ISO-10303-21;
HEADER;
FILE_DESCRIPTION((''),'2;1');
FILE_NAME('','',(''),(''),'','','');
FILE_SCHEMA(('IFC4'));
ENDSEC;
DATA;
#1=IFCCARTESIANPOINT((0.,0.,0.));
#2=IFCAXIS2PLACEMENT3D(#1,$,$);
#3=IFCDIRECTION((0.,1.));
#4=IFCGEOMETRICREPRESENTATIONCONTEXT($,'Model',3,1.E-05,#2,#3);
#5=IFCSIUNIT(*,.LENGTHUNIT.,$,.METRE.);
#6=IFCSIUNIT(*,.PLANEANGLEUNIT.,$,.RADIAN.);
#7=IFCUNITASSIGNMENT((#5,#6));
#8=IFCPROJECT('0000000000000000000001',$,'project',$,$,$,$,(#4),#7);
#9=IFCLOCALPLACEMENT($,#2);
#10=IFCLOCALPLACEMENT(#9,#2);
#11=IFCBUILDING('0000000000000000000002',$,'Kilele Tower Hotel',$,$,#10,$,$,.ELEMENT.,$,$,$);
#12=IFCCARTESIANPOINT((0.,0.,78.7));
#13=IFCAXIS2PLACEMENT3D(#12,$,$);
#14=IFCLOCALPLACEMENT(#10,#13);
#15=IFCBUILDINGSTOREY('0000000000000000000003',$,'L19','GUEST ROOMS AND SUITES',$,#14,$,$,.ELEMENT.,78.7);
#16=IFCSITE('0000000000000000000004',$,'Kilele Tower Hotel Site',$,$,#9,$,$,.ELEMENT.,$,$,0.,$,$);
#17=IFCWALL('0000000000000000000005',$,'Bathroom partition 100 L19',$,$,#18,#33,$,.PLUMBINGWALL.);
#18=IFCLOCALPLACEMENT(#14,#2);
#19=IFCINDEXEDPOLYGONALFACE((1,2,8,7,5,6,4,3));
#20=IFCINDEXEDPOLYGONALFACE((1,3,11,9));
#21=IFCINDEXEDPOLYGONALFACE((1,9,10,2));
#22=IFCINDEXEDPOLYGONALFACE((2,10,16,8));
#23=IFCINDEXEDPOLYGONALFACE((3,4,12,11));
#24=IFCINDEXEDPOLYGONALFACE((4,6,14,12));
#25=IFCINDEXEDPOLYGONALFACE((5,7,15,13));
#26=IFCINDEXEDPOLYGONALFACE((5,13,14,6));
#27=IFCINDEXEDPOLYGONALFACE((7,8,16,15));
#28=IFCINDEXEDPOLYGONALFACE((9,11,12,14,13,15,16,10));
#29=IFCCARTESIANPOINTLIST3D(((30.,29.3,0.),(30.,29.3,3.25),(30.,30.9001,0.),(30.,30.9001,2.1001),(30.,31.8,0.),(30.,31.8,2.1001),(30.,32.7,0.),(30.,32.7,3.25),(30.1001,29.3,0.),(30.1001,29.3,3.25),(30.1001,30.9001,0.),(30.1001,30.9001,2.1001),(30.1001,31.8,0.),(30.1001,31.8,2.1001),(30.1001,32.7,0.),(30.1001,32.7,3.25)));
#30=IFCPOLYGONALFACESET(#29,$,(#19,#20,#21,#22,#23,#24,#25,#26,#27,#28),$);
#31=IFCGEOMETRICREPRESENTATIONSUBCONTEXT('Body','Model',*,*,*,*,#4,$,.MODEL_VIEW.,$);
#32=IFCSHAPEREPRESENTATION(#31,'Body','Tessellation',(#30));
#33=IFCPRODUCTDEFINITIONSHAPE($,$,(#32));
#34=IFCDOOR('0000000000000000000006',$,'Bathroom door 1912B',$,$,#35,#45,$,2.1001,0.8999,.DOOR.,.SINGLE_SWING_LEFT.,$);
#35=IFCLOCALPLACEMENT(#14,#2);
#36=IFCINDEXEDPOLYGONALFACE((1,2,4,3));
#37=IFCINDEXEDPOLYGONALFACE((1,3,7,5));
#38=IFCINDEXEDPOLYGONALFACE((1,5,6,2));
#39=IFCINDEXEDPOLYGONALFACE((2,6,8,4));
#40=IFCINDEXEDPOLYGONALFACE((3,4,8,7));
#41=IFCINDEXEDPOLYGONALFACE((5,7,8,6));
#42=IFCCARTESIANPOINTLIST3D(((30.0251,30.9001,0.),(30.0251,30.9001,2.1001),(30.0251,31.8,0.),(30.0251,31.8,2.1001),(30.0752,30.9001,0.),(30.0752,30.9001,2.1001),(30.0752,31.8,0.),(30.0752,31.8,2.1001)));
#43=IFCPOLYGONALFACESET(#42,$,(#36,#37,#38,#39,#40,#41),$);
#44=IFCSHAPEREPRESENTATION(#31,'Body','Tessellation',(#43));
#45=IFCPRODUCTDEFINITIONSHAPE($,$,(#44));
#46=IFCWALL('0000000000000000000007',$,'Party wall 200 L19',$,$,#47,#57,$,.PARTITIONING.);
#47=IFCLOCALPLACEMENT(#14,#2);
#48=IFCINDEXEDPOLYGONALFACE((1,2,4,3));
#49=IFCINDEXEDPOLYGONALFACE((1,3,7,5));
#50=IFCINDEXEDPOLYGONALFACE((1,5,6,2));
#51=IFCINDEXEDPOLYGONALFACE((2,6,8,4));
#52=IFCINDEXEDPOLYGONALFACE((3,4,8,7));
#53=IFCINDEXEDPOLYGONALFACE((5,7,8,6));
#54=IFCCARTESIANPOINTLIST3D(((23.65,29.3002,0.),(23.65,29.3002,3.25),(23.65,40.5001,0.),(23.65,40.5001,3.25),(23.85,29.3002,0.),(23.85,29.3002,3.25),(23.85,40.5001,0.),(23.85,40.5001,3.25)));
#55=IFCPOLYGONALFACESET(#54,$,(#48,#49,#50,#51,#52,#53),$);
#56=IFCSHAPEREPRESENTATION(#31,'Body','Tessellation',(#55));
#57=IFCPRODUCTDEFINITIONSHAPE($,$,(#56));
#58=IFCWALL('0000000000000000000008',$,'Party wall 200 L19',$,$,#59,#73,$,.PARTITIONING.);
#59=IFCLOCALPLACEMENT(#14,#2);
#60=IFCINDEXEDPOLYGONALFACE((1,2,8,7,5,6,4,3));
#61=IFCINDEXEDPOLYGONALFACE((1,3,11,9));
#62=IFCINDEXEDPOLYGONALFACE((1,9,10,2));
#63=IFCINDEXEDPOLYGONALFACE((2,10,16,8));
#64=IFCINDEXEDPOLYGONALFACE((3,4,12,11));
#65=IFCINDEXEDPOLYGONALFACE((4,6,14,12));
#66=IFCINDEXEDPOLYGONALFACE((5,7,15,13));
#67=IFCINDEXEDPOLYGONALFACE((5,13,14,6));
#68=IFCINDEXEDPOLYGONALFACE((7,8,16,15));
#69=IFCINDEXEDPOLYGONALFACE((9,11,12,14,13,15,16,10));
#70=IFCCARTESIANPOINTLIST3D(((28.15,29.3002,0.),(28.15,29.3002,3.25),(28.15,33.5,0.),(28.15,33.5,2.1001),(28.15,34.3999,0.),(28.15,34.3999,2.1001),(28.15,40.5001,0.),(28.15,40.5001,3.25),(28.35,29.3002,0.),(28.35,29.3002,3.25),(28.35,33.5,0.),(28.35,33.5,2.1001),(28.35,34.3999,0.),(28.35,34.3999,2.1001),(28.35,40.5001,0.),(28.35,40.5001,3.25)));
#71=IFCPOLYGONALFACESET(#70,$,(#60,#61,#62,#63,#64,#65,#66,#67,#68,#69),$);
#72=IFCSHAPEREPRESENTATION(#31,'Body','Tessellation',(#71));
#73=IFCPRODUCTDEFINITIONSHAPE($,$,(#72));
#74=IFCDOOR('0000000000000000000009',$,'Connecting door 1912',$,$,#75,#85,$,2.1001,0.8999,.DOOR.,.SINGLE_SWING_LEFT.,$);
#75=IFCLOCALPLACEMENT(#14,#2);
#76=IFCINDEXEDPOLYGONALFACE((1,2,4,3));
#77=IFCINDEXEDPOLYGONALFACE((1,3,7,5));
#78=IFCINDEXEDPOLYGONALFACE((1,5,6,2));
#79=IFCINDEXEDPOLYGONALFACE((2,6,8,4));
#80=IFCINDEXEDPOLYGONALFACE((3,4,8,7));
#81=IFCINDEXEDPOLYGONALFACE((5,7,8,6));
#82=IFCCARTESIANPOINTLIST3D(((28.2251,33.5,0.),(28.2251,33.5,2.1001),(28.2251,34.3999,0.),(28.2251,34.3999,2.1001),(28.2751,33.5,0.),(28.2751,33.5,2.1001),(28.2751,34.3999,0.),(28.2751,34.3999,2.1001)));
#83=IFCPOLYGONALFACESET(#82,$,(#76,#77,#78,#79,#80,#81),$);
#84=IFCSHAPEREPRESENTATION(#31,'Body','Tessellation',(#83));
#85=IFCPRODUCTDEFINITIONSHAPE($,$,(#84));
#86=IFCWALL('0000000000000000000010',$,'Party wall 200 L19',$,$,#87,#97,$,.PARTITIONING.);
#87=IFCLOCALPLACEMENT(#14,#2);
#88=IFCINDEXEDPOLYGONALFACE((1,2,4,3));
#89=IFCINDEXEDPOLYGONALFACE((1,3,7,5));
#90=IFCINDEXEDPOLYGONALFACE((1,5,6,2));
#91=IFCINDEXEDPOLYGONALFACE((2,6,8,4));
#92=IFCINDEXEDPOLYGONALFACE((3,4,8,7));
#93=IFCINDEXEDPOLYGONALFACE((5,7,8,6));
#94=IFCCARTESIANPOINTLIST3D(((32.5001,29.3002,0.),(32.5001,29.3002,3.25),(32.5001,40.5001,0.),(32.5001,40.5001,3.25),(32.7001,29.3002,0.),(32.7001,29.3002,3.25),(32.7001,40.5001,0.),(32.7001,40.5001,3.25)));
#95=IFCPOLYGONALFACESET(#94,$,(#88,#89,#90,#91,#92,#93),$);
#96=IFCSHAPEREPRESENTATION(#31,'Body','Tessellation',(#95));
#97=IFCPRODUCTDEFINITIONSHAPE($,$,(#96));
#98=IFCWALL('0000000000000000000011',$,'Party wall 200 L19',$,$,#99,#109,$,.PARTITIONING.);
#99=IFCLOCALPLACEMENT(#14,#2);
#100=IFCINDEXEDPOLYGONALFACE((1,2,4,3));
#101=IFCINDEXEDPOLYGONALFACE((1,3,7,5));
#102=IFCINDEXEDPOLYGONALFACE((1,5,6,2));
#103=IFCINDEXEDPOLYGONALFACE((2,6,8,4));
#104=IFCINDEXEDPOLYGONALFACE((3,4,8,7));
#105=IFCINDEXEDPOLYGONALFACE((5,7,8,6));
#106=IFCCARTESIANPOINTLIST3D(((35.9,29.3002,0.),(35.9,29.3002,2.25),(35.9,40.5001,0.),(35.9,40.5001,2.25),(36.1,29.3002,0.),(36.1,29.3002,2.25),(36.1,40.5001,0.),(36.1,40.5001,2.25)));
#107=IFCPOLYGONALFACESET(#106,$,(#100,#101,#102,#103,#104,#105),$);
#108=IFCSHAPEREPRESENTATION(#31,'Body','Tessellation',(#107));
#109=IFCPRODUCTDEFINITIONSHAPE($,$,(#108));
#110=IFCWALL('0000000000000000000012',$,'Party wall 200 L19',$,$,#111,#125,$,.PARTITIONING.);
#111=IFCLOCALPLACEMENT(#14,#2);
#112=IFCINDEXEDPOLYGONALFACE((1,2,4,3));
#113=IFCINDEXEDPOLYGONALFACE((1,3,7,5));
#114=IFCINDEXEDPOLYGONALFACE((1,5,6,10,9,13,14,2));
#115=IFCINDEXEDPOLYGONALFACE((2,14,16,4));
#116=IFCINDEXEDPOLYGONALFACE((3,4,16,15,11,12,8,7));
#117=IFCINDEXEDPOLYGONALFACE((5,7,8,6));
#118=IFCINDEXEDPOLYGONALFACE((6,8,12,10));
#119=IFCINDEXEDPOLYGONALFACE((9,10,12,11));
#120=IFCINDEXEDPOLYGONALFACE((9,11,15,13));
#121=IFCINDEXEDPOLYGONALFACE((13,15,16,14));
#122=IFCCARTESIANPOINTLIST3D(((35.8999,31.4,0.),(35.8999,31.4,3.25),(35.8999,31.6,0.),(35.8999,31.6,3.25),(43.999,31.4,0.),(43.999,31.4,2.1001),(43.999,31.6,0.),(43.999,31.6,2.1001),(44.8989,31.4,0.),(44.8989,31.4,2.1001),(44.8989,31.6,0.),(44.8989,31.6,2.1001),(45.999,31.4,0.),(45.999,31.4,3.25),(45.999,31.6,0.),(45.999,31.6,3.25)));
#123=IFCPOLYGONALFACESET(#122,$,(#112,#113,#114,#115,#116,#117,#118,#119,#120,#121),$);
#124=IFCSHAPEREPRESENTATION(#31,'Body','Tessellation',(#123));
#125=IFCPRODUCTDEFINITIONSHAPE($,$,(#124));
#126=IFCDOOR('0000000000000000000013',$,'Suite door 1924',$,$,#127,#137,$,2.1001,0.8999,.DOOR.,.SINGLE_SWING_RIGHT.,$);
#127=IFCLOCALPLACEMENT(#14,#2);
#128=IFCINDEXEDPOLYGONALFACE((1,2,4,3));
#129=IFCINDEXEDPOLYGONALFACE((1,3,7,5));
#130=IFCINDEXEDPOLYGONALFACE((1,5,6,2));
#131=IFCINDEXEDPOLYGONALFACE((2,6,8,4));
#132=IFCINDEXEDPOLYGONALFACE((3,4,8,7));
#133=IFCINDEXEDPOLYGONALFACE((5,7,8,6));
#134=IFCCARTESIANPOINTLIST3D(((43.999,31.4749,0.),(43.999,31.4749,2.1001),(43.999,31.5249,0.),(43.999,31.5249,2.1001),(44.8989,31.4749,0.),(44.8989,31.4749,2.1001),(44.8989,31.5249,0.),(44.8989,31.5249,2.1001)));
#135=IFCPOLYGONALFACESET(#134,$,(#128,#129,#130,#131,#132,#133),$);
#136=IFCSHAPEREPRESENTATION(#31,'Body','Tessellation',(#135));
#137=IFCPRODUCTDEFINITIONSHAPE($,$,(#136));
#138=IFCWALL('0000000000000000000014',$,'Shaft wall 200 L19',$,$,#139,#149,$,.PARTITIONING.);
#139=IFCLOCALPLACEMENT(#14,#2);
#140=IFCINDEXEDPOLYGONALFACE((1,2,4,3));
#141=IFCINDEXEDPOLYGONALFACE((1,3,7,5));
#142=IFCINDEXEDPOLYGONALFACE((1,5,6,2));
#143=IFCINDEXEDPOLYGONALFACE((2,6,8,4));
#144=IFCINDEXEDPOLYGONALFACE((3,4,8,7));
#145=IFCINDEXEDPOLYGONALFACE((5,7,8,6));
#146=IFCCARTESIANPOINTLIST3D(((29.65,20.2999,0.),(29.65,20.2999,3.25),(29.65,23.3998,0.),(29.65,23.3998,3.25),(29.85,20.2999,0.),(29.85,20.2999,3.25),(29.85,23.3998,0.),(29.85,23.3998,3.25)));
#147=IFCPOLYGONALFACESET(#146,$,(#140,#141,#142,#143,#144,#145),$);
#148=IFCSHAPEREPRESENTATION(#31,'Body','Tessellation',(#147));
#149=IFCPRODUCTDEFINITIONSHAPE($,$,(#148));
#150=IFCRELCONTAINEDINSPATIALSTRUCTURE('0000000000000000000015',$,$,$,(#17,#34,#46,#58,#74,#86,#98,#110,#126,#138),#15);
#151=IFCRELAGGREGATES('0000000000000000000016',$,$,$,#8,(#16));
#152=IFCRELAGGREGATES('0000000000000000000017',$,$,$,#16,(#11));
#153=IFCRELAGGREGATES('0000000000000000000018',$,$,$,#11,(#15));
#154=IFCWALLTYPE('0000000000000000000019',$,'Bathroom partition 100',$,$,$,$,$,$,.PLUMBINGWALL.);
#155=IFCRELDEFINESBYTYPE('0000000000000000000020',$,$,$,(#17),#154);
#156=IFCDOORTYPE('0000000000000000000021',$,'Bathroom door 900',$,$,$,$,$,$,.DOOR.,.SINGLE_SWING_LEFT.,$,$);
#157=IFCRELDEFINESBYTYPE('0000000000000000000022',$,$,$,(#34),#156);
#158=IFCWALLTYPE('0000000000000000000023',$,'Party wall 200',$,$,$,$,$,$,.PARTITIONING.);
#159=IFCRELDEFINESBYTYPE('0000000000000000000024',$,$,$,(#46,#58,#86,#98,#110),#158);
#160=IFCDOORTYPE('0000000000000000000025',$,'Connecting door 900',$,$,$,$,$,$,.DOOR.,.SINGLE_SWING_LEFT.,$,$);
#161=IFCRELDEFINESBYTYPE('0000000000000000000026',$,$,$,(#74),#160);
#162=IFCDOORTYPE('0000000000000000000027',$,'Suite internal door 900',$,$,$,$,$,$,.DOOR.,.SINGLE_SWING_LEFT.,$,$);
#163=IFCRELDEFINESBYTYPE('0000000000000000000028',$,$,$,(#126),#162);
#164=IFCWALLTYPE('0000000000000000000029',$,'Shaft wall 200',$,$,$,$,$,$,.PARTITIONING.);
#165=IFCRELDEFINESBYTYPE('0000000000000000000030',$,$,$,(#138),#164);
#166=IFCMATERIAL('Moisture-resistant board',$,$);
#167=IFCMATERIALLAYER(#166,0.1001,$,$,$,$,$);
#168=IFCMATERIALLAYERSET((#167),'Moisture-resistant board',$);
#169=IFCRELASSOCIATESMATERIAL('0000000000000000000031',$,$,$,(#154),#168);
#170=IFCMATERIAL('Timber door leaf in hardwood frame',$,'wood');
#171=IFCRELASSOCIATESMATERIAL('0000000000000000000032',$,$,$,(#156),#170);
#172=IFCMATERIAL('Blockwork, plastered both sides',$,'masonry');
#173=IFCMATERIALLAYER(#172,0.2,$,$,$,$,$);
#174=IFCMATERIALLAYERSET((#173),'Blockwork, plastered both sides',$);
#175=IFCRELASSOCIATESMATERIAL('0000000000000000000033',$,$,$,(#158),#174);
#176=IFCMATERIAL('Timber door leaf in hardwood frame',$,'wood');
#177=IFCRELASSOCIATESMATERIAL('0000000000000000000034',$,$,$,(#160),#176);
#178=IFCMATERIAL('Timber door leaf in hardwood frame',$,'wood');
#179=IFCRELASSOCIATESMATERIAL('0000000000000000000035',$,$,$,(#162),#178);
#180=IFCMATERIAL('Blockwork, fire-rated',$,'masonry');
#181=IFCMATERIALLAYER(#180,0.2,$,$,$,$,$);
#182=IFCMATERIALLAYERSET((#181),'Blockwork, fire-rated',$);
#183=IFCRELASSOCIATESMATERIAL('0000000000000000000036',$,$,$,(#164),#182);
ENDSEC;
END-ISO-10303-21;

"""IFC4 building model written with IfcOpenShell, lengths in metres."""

from ifc_helpers import new_model, si_unit, direction, frame, frame_2d, origin, place, context, subcontext, project, spatial, rectangle, extrude, material, layer, layer_set, type_object, element, fill, save


model = new_model("IFC4")

# Units and contexts
model_context = context("Model", 3, precision=1e-05, world=origin(), true_north=direction((0.0, 1.0)))
body_context = subcontext(model_context, "Body", "Model", "MODEL_VIEW")
ifc_project = project(units=[si_unit("LENGTHUNIT", "METRE"), si_unit("PLANEANGLEUNIT", "RADIAN")], contexts=[model_context])

# Site, building, storey
site_placement = place(None, origin())
site = spatial("IfcSite", under=ifc_project, at=site_placement, Name="Kilele Tower Hotel Site", CompositionType="ELEMENT", RefElevation=0.0)
building_placement = place(site_placement, origin())
building = spatial("IfcBuilding", under=site, at=building_placement, Name="Kilele Tower Hotel", CompositionType="ELEMENT")
storey_placement = place(building_placement, frame((0.0, 0.0, 78.7)))
storey = spatial("IfcBuildingStorey", under=building, at=storey_placement, Name="L19", Description="GUEST ROOMS AND SUITES", CompositionType="ELEMENT", Elevation=78.7)

# Shared definitions
ifc_material_1 = material(Name="Moisture-resistant board")
ifc_layer_1 = layer(ifc_material_1, 0.1001)
ifc_layer_set_1 = layer_set([ifc_layer_1], Name="Moisture-resistant board")
wall_type_1 = type_object("IfcWallType", Name="Bathroom partition 100", PredefinedType="PLUMBINGWALL", material=ifc_layer_set_1)

# Shared definitions
ifc_material_2 = material(Name="Timber door leaf in hardwood frame", Category="wood")
door_type_1 = type_object("IfcDoorType", Name="Bathroom door 900", OperationType="SINGLE_SWING_LEFT", PredefinedType="DOOR", material=ifc_material_2)

# Wall, opening, door
wall_1_placement = place(storey_placement, frame((30.05, 29.3, 0.0), z_axis=(0.0, 0.0, 1.0), x_axis=(0.0, 1.0, 0.0)))
wall_1 = element("IfcWall", 1, at=wall_1_placement, inside=storey, type_object=wall_type_1, Name="Bathroom partition 100 L19", PredefinedType="PLUMBINGWALL", context=body_context, shape_type="SweptSolid", body=[
    extrude(rectangle(XDim=3.3999, YDim=0.1001, at=frame_2d((1.7, 0.0))), origin(), (0.0, 0.0, 1.0), 3.25),
])
opening_1_placement = place(wall_1_placement, frame((1.6001, 0.0, 0.0)))
opening_1 = element("IfcOpeningElement", 2, at=opening_1_placement, cuts=wall_1, PredefinedType="OPENING", context=body_context, shape_type="SweptSolid", body=[
    extrude(rectangle(XDim=0.8999, YDim=2.1001, at=frame_2d((0.45, 1.05))), frame((0.0, 0.0601, 0.0), z_axis=(0.0, -1.0, 0.0), x_axis=(1.0, 0.0, 0.0)), (0.0, 0.0, 1.0), 0.1201),
])
door_1_placement = place(opening_1_placement, origin())
door_1 = element("IfcDoor", 3, at=door_1_placement, inside=storey, type_object=door_type_1, Name="Bathroom door 1912B", OperationType="SINGLE_SWING_LEFT", OverallHeight=2.1001, OverallWidth=0.8999, PredefinedType="DOOR", context=body_context, shape_type="SweptSolid", body=[
    extrude(rectangle(XDim=0.8999, YDim=2.1001, at=frame_2d((0.45, 1.05))), frame((0.0, 0.0249, 0.0), z_axis=(0.0, -1.0, 0.0), x_axis=(1.0, 0.0, 0.0)), (0.0, 0.0, 1.0), 0.05),
])
fill(opening_1, door_1)

# Wall
ifc_material_3 = material(Name="Blockwork, plastered both sides", Category="masonry")
ifc_layer_2 = layer(ifc_material_3, 0.2)
ifc_layer_set_2 = layer_set([ifc_layer_2], Name="Blockwork, plastered both sides")
wall_type_2 = type_object("IfcWallType", Name="Party wall 200", PredefinedType="PARTITIONING", material=ifc_layer_set_2)
wall_2_placement = place(storey_placement, frame((23.75, 29.3, 0.0), z_axis=(0.0, 0.0, 1.0), x_axis=(0.0, 1.0, 0.0)))
element("IfcWall", 4, at=wall_2_placement, inside=storey, type_object=wall_type_2, Name="Party wall 200 L19", PredefinedType="PARTITIONING", context=body_context, shape_type="SweptSolid", body=[
    extrude(rectangle(XDim=11.2, YDim=0.2, at=frame_2d((5.6001, 0.0))), origin(), (0.0, 0.0, 1.0), 3.25),
])

# Wall, opening, door
wall_3_placement = place(storey_placement, frame((28.25, 29.3, 0.0), z_axis=(0.0, 0.0, 1.0), x_axis=(0.0, 1.0, 0.0)))
wall_3 = element("IfcWall", 5, at=wall_3_placement, inside=storey, type_object=wall_type_2, Name="Party wall 200 L19", PredefinedType="PARTITIONING", context=body_context, shape_type="SweptSolid", body=[
    extrude(rectangle(XDim=11.2, YDim=0.2, at=frame_2d((5.6001, 0.0))), origin(), (0.0, 0.0, 1.0), 3.25),
])
opening_2_placement = place(wall_3_placement, frame((4.2, 0.0, 0.0)))
opening_2 = element("IfcOpeningElement", 6, at=opening_2_placement, cuts=wall_3, PredefinedType="OPENING", context=body_context, shape_type="SweptSolid", body=[
    extrude(rectangle(XDim=0.8999, YDim=2.1001, at=frame_2d((0.45, 1.05))), frame((0.0, 0.1099, 0.0), z_axis=(0.0, -1.0, 0.0), x_axis=(1.0, 0.0, 0.0)), (0.0, 0.0, 1.0), 0.22),
])
ifc_material_4 = material(Name="Timber door leaf in hardwood frame", Category="wood")
door_type_2 = type_object("IfcDoorType", Name="Connecting door 900", OperationType="SINGLE_SWING_LEFT", PredefinedType="DOOR", material=ifc_material_4)
door_2_placement = place(opening_2_placement, origin())
door_2 = element("IfcDoor", 7, at=door_2_placement, inside=storey, type_object=door_type_2, Name="Connecting door 1912", OperationType="SINGLE_SWING_LEFT", OverallHeight=2.1001, OverallWidth=0.8999, PredefinedType="DOOR", context=body_context, shape_type="SweptSolid", body=[
    extrude(rectangle(XDim=0.8999, YDim=2.1001, at=frame_2d((0.45, 1.05))), frame((0.0, 0.0249, 0.0), z_axis=(0.0, -1.0, 0.0), x_axis=(1.0, 0.0, 0.0)), (0.0, 0.0, 1.0), 0.05),
])
fill(opening_2, door_2)

# Walls
wall_4_placement = place(storey_placement, frame((32.6001, 29.3, 0.0), z_axis=(0.0, 0.0, 1.0), x_axis=(0.0, 1.0, 0.0)))
element("IfcWall", 8, at=wall_4_placement, inside=storey, type_object=wall_type_2, Name="Party wall 200 L19", PredefinedType="PARTITIONING", context=body_context, shape_type="SweptSolid", body=[
    extrude(rectangle(XDim=11.2, YDim=0.2, at=frame_2d((5.6001, 0.0))), origin(), (0.0, 0.0, 1.0), 3.25),
])
wall_5_placement = place(storey_placement, frame((36.0, 29.3, 0.0), z_axis=(0.0, 0.0, 1.0), x_axis=(0.0, 1.0, 0.0)))
element("IfcWall", 9, at=wall_5_placement, inside=storey, type_object=wall_type_2, Name="Party wall 200 L19", PredefinedType="PARTITIONING", context=body_context, shape_type="SweptSolid", body=[
    extrude(rectangle(XDim=11.2, YDim=0.2, at=frame_2d((5.6001, 0.0))), origin(), (0.0, 0.0, 1.0), 2.25),
])

# Wall, opening, door
wall_6_placement = place(storey_placement, frame((35.8999, 31.5, 0.0), z_axis=(0.0, 0.0, 1.0), x_axis=(1.0, 0.0, 0.0)))
wall_6 = element("IfcWall", 10, at=wall_6_placement, inside=storey, type_object=wall_type_2, Name="Party wall 200 L19", PredefinedType="PARTITIONING", context=body_context, shape_type="SweptSolid", body=[
    extrude(rectangle(XDim=10.0991, YDim=0.2, at=frame_2d((5.0496, 0.0))), origin(), (0.0, 0.0, 1.0), 3.25),
])
opening_3_placement = place(wall_6_placement, frame((8.0991, 0.0, 0.0)))
opening_3 = element("IfcOpeningElement", 11, at=opening_3_placement, cuts=wall_6, PredefinedType="OPENING", context=body_context, shape_type="SweptSolid", body=[
    extrude(rectangle(XDim=0.8999, YDim=2.1001, at=frame_2d((0.45, 1.05))), frame((0.0, 0.1099, 0.0), z_axis=(0.0, -1.0, 0.0), x_axis=(1.0, 0.0, 0.0)), (0.0, 0.0, 1.0), 0.22),
])
ifc_material_5 = material(Name="Timber door leaf in hardwood frame", Category="wood")
door_type_3 = type_object("IfcDoorType", Name="Suite internal door 900", OperationType="SINGLE_SWING_LEFT", PredefinedType="DOOR", material=ifc_material_5)
door_3_placement = place(opening_3_placement, origin())
door_3 = element("IfcDoor", 12, at=door_3_placement, inside=storey, type_object=door_type_3, Name="Suite door 1924", OperationType="SINGLE_SWING_RIGHT", OverallHeight=2.1001, OverallWidth=0.8999, PredefinedType="DOOR", context=body_context, shape_type="SweptSolid", body=[
    extrude(rectangle(XDim=0.8999, YDim=2.1001, at=frame_2d((0.45, 1.05))), frame((0.0, 0.0249, 0.0), z_axis=(0.0, -1.0, 0.0), x_axis=(1.0, 0.0, 0.0)), (0.0, 0.0, 1.0), 0.05),
])
fill(opening_3, door_3)

# Wall
ifc_material_6 = material(Name="Blockwork, fire-rated", Category="masonry")
ifc_layer_3 = layer(ifc_material_6, 0.2)
ifc_layer_set_3 = layer_set([ifc_layer_3], Name="Blockwork, fire-rated")
wall_type_3 = type_object("IfcWallType", Name="Shaft wall 200", PredefinedType="PARTITIONING", material=ifc_layer_set_3)
wall_7_placement = place(storey_placement, frame((29.75, 20.3, 0.0), z_axis=(0.0, 0.0, 1.0), x_axis=(0.0, 1.0, 0.0)))
element("IfcWall", 13, at=wall_7_placement, inside=storey, type_object=wall_type_3, Name="Shaft wall 200 L19", PredefinedType="PARTITIONING", context=body_context, shape_type="SweptSolid", body=[
    extrude(rectangle(XDim=3.0999, YDim=0.2, at=frame_2d((1.5498, 0.0))), origin(), (0.0, 0.0, 1.0), 3.25),
])

save(model, "model.ifc")
